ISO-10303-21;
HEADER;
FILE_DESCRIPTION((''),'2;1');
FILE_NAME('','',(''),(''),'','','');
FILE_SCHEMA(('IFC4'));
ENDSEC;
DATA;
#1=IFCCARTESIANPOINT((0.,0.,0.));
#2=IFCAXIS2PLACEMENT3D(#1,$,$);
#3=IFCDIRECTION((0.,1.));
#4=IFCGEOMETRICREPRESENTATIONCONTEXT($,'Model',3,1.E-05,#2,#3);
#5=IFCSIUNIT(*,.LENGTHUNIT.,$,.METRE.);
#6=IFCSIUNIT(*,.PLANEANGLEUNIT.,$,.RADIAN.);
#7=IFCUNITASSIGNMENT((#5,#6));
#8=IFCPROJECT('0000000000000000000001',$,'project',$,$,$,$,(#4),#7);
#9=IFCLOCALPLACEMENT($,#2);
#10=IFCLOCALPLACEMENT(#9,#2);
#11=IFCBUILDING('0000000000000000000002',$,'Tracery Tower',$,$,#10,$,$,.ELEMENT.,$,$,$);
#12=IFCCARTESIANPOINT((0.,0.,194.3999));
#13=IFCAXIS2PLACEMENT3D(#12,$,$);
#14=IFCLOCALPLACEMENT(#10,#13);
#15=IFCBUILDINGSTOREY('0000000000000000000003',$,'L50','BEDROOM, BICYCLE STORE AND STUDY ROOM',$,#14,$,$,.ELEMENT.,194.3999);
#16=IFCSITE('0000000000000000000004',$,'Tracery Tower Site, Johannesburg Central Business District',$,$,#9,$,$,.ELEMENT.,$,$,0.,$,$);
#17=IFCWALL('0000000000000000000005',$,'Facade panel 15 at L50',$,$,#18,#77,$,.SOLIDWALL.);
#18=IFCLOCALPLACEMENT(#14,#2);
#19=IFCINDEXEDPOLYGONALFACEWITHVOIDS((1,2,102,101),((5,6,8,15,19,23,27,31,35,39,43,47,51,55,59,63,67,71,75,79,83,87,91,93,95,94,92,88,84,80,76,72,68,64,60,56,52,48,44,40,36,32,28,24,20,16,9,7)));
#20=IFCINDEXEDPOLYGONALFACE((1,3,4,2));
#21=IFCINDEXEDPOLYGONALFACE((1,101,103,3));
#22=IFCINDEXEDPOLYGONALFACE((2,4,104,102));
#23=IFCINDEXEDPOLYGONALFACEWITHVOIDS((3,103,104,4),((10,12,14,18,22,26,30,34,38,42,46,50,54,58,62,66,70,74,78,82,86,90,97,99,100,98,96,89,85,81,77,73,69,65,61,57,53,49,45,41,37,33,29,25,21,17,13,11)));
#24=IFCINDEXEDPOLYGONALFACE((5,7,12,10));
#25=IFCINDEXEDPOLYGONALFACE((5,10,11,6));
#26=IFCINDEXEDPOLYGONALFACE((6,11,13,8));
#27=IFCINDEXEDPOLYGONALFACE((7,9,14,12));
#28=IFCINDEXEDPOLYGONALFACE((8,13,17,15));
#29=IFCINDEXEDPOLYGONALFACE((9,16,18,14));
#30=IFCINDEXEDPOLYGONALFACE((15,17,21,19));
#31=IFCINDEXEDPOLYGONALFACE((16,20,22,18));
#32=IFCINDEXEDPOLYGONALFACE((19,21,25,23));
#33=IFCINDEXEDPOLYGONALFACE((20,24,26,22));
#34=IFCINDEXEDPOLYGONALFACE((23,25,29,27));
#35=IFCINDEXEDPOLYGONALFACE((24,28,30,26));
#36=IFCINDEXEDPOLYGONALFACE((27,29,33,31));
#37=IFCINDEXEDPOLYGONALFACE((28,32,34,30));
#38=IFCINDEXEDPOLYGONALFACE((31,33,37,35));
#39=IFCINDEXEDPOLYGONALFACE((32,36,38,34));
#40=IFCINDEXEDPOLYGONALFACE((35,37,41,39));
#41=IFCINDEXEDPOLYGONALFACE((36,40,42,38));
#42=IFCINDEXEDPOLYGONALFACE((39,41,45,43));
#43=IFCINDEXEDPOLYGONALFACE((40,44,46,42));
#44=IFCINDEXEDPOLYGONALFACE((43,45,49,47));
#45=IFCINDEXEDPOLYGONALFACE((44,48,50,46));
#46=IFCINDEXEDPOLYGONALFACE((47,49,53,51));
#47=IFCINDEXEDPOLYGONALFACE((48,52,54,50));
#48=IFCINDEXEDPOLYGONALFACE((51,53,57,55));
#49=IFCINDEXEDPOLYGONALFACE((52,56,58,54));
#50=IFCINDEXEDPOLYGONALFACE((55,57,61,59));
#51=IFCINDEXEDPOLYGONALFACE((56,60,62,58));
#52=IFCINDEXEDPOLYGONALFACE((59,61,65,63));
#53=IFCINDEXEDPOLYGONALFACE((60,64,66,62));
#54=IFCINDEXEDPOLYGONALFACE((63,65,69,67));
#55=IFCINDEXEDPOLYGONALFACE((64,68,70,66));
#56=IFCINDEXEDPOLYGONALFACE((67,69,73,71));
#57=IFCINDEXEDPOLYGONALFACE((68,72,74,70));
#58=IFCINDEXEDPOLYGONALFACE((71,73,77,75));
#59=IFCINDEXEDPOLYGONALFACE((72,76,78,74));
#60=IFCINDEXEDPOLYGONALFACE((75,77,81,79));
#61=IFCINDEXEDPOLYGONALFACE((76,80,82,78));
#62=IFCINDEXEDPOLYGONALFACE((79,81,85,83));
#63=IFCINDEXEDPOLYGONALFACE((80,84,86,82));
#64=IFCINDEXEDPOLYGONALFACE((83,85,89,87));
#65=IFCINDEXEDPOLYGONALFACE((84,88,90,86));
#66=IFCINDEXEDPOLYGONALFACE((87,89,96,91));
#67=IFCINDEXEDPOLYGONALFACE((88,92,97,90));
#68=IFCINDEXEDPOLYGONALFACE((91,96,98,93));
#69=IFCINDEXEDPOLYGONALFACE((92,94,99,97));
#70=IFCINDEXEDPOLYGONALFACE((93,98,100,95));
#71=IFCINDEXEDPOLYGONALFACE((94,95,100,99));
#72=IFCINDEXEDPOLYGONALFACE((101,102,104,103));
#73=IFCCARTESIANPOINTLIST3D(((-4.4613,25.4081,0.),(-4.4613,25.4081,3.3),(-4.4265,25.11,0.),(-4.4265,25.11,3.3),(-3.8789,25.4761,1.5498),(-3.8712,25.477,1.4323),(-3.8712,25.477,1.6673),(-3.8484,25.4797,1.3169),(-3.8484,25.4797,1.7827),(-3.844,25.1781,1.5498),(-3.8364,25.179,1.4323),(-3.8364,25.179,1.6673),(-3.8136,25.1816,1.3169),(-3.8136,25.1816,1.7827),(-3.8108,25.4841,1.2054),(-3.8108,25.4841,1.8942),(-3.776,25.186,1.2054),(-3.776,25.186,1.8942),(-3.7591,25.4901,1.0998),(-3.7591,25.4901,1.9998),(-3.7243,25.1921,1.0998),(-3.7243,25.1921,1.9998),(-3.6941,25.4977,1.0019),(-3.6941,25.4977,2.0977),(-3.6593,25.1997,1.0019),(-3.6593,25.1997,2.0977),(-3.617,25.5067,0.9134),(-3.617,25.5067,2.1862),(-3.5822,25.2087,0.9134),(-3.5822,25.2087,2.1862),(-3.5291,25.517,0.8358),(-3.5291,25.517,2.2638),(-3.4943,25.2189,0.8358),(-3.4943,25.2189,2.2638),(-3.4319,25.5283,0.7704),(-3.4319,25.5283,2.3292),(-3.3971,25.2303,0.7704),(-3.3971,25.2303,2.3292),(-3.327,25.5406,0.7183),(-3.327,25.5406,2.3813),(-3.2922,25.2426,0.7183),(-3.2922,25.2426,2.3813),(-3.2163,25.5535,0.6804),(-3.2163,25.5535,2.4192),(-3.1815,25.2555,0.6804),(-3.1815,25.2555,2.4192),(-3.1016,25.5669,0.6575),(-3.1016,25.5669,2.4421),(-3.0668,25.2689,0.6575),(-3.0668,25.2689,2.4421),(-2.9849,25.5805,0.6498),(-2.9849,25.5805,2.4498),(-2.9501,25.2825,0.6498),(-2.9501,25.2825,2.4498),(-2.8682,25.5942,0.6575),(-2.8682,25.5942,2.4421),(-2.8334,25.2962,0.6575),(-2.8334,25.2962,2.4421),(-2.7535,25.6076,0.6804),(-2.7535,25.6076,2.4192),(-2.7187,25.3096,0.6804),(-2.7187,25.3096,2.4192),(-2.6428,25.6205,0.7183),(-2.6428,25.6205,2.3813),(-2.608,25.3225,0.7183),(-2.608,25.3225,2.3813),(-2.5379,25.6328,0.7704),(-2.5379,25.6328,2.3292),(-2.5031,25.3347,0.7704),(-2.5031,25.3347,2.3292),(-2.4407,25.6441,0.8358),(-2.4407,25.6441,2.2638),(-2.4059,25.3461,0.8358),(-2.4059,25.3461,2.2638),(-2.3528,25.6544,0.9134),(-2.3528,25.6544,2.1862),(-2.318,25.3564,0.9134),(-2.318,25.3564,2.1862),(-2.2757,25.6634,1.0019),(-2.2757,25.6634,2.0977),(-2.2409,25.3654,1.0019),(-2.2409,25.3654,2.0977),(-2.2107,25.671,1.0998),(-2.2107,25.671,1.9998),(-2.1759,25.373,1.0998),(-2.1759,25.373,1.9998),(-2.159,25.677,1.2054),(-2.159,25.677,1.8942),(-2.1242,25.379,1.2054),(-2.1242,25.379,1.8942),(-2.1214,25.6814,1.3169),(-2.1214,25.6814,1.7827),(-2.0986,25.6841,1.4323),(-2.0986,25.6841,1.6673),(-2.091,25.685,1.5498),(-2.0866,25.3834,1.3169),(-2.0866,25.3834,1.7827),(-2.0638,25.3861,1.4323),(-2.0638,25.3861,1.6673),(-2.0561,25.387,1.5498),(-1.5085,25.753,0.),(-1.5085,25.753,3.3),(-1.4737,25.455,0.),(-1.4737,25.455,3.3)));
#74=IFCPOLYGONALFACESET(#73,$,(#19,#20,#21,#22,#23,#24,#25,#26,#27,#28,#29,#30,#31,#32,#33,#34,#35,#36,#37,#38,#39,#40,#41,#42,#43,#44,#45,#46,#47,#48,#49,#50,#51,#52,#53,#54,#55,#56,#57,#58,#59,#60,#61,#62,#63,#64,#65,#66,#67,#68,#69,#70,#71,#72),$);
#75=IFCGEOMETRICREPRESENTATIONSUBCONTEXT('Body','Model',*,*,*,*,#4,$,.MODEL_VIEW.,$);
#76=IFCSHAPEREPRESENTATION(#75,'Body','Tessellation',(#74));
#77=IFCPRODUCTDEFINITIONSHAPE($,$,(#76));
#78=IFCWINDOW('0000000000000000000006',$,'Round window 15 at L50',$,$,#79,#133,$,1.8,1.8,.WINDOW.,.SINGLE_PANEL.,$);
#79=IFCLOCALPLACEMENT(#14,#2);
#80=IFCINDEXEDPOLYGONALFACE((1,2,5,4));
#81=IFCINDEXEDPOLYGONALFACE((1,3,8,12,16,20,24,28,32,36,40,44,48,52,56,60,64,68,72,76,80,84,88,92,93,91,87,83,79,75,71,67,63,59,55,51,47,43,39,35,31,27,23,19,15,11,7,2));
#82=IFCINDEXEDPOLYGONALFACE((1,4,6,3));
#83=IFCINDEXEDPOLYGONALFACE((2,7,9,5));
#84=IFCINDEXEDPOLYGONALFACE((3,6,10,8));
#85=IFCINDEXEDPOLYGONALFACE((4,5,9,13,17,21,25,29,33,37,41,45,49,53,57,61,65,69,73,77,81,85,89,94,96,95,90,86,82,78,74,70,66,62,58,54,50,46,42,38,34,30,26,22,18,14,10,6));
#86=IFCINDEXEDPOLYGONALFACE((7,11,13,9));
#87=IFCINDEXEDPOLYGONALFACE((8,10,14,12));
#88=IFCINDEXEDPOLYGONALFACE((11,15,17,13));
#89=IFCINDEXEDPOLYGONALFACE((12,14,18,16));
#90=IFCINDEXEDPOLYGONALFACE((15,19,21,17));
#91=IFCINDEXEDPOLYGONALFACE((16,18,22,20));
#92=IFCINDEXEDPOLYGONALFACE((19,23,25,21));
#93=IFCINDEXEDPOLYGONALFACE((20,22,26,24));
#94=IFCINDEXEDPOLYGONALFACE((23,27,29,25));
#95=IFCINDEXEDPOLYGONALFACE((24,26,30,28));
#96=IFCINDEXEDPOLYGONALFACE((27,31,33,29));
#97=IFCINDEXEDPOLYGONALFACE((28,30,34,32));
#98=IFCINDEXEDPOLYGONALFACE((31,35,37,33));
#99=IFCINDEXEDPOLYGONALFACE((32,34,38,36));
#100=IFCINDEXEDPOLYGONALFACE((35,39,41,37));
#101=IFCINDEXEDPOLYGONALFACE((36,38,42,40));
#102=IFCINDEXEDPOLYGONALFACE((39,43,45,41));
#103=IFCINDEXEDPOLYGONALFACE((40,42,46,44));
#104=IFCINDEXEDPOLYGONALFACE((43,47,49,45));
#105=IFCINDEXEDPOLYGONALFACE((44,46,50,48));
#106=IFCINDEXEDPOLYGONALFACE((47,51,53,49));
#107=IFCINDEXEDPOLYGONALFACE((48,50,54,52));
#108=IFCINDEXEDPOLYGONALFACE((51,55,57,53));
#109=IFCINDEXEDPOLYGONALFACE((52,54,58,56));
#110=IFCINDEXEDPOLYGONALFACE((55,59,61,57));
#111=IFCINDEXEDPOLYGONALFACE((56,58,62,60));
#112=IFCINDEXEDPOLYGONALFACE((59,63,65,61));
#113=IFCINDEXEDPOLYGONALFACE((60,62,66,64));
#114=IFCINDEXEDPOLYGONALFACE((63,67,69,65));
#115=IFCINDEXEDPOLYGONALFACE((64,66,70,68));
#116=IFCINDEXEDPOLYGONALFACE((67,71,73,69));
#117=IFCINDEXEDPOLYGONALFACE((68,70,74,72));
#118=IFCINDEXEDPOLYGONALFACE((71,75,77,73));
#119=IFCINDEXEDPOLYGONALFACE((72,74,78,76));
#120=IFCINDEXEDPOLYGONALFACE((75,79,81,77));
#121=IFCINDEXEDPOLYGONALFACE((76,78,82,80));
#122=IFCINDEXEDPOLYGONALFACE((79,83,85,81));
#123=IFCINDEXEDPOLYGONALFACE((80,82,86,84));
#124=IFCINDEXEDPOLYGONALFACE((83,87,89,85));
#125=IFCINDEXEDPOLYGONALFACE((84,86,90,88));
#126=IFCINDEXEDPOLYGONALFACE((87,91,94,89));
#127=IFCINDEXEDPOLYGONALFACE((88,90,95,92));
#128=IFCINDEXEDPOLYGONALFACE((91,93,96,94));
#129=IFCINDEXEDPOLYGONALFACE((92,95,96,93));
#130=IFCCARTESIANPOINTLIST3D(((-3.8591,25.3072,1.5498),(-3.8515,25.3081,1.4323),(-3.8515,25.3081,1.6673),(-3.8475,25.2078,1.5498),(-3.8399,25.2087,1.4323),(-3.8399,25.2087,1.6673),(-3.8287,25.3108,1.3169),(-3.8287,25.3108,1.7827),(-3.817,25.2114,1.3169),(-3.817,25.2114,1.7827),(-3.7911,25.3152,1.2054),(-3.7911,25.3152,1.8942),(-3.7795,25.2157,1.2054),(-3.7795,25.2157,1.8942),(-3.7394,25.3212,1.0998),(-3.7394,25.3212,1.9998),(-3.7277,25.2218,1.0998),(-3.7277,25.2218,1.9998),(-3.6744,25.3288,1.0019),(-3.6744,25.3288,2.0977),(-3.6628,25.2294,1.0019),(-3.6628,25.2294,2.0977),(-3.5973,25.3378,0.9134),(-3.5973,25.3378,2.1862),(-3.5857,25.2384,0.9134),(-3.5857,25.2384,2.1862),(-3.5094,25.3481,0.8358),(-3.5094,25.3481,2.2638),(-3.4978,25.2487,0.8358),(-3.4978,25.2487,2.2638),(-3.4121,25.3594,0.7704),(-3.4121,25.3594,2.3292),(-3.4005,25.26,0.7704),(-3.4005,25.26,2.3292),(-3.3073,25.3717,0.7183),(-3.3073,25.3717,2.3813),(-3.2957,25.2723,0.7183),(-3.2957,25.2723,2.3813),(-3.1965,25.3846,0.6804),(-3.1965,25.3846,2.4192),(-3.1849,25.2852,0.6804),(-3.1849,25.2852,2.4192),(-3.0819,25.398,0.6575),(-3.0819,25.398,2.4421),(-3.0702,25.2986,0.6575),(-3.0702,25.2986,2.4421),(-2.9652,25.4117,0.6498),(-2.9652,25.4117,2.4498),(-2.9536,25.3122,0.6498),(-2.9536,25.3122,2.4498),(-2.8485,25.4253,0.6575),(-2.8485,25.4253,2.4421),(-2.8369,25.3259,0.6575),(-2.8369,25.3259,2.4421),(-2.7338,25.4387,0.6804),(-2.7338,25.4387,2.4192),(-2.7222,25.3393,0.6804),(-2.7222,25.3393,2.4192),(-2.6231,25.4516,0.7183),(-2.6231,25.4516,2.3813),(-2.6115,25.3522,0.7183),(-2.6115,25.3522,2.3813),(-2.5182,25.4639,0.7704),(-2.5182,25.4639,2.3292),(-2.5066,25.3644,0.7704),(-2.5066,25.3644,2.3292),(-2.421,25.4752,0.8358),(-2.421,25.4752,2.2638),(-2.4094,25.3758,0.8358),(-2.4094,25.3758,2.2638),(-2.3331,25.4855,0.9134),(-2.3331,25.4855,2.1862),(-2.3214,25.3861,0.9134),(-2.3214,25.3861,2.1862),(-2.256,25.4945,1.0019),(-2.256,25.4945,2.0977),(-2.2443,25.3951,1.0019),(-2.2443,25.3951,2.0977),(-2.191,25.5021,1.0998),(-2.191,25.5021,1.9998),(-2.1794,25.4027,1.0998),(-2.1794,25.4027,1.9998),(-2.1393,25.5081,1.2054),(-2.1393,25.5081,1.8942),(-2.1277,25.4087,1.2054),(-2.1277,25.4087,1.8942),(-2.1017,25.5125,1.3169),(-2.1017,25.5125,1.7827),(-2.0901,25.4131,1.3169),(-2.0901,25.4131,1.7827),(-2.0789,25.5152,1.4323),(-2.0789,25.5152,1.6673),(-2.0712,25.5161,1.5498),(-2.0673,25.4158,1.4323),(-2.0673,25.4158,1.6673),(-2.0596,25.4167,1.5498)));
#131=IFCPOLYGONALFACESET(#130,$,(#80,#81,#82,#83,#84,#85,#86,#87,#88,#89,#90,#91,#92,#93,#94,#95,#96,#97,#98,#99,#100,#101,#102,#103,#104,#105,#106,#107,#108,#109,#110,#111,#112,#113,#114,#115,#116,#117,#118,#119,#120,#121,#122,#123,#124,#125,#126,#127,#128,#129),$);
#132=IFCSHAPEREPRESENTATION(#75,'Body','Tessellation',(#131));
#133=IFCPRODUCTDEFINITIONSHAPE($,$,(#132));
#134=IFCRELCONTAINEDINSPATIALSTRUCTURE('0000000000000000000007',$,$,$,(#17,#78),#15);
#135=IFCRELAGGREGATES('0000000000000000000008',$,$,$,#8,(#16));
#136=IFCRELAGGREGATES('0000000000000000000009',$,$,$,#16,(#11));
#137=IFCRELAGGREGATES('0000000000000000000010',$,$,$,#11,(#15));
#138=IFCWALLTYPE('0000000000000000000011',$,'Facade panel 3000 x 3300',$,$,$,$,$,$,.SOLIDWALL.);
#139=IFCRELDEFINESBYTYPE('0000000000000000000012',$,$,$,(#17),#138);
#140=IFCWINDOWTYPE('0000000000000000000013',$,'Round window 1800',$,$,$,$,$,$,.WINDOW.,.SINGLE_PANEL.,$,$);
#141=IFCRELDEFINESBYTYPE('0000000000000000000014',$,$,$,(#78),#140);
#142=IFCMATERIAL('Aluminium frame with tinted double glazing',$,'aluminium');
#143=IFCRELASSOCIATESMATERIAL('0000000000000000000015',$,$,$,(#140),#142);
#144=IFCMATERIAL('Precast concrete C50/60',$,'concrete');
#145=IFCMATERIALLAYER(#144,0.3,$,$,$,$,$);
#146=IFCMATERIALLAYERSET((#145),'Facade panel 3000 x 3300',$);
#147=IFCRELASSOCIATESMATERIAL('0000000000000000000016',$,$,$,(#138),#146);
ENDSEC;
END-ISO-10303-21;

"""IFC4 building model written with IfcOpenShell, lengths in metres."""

from ifc_helpers import new_model, si_unit, direction, frame, frame_2d, origin, origin_2d, place, context, subcontext, project, spatial, rectangle, circle, extrude, material, layer, layer_set, type_object, element, fill, save


model = new_model("IFC4")

# Units and contexts
model_context = context("Model", 3, precision=1e-05, world=origin(), true_north=direction((0.0, 1.0)))
body_context = subcontext(model_context, "Body", "Model", "MODEL_VIEW")
ifc_project = project(units=[si_unit("LENGTHUNIT", "METRE"), si_unit("PLANEANGLEUNIT", "RADIAN")], contexts=[model_context])

# Site, building, storey
site_placement = place(None, origin())
site = spatial("IfcSite", under=ifc_project, at=site_placement, Name="Tracery Tower Site, Johannesburg Central Business District", CompositionType="ELEMENT", RefElevation=0.0)
building_placement = place(site_placement, origin())
building = spatial("IfcBuilding", under=site, at=building_placement, Name="Tracery Tower", CompositionType="ELEMENT")
storey_placement = place(building_placement, frame((0.0, 0.0, 194.3999)))
storey = spatial("IfcBuildingStorey", under=building, at=storey_placement, Name="L50", Description="BEDROOM, BICYCLE STORE AND STUDY ROOM", CompositionType="ELEMENT", Elevation=194.3999)

# Wall, opening, window
ifc_material_1 = material(Name="Aluminium frame with tinted double glazing", Category="aluminium")
window_type = type_object("IfcWindowType", Name="Round window 1800", PartitioningType="SINGLE_PANEL", PredefinedType="WINDOW", material=ifc_material_1)
ifc_material_2 = material(Name="Precast concrete C50/60", Category="concrete")
ifc_layer_1 = layer(ifc_material_2, 0.3)
ifc_layer_set_1 = layer_set([ifc_layer_1], Name="Facade panel 3000 x 3300")
wall_type_1 = type_object("IfcWallType", Name="Facade panel 3000 x 3300", PredefinedType="SOLIDWALL", material=ifc_layer_set_1)
wall_1_placement = place(storey_placement, frame((-1.4912, 25.604, 0.0), z_axis=(0.0, 0.0, 1.0), x_axis=(-0.993245, -0.116036, 0.0)))
wall_1 = element("IfcWall", 1, at=wall_1_placement, inside=storey, type_object=wall_type_1, Name="Facade panel 15 at L50", PredefinedType="SOLIDWALL", context=body_context, shape_type="SweptSolid", body=[
    extrude(rectangle(XDim=2.9729, YDim=0.3, at=frame_2d((1.4863, 0.0))), origin(), (0.0, 0.0, 1.0), 3.3),
])
opening_1_placement = place(wall_1_placement, frame((1.4863, 0.0, 1.5498)))
opening_1 = element("IfcOpeningElement", 2, at=opening_1_placement, cuts=wall_1, PredefinedType="OPENING", context=body_context, shape_type="SweptSolid", body=[
    extrude(circle(Radius=0.9, at=origin_2d()), frame((0.0, 0.1599, 0.0), z_axis=(0.0, -1.0, 0.0), x_axis=(1.0, 0.0, 0.0)), (0.0, 0.0, 1.0), 0.3201),
])
window_1_placement = place(opening_1_placement, origin())
window_1 = element("IfcWindow", 3, at=window_1_placement, inside=storey, type_object=window_type, Name="Round window 15 at L50", OverallHeight=1.8, OverallWidth=1.8, PartitioningType="SINGLE_PANEL", PredefinedType="WINDOW", context=body_context, shape_type="SweptSolid", body=[
    extrude(circle(Radius=0.9, at=origin_2d()), frame((0.0, 0.1201, 0.0), z_axis=(0.0, -1.0, 0.0), x_axis=(1.0, 0.0, 0.0)), (0.0, 0.0, 1.0), 0.1001),
])
fill(opening_1, window_1)

save(model, "model.ifc")
